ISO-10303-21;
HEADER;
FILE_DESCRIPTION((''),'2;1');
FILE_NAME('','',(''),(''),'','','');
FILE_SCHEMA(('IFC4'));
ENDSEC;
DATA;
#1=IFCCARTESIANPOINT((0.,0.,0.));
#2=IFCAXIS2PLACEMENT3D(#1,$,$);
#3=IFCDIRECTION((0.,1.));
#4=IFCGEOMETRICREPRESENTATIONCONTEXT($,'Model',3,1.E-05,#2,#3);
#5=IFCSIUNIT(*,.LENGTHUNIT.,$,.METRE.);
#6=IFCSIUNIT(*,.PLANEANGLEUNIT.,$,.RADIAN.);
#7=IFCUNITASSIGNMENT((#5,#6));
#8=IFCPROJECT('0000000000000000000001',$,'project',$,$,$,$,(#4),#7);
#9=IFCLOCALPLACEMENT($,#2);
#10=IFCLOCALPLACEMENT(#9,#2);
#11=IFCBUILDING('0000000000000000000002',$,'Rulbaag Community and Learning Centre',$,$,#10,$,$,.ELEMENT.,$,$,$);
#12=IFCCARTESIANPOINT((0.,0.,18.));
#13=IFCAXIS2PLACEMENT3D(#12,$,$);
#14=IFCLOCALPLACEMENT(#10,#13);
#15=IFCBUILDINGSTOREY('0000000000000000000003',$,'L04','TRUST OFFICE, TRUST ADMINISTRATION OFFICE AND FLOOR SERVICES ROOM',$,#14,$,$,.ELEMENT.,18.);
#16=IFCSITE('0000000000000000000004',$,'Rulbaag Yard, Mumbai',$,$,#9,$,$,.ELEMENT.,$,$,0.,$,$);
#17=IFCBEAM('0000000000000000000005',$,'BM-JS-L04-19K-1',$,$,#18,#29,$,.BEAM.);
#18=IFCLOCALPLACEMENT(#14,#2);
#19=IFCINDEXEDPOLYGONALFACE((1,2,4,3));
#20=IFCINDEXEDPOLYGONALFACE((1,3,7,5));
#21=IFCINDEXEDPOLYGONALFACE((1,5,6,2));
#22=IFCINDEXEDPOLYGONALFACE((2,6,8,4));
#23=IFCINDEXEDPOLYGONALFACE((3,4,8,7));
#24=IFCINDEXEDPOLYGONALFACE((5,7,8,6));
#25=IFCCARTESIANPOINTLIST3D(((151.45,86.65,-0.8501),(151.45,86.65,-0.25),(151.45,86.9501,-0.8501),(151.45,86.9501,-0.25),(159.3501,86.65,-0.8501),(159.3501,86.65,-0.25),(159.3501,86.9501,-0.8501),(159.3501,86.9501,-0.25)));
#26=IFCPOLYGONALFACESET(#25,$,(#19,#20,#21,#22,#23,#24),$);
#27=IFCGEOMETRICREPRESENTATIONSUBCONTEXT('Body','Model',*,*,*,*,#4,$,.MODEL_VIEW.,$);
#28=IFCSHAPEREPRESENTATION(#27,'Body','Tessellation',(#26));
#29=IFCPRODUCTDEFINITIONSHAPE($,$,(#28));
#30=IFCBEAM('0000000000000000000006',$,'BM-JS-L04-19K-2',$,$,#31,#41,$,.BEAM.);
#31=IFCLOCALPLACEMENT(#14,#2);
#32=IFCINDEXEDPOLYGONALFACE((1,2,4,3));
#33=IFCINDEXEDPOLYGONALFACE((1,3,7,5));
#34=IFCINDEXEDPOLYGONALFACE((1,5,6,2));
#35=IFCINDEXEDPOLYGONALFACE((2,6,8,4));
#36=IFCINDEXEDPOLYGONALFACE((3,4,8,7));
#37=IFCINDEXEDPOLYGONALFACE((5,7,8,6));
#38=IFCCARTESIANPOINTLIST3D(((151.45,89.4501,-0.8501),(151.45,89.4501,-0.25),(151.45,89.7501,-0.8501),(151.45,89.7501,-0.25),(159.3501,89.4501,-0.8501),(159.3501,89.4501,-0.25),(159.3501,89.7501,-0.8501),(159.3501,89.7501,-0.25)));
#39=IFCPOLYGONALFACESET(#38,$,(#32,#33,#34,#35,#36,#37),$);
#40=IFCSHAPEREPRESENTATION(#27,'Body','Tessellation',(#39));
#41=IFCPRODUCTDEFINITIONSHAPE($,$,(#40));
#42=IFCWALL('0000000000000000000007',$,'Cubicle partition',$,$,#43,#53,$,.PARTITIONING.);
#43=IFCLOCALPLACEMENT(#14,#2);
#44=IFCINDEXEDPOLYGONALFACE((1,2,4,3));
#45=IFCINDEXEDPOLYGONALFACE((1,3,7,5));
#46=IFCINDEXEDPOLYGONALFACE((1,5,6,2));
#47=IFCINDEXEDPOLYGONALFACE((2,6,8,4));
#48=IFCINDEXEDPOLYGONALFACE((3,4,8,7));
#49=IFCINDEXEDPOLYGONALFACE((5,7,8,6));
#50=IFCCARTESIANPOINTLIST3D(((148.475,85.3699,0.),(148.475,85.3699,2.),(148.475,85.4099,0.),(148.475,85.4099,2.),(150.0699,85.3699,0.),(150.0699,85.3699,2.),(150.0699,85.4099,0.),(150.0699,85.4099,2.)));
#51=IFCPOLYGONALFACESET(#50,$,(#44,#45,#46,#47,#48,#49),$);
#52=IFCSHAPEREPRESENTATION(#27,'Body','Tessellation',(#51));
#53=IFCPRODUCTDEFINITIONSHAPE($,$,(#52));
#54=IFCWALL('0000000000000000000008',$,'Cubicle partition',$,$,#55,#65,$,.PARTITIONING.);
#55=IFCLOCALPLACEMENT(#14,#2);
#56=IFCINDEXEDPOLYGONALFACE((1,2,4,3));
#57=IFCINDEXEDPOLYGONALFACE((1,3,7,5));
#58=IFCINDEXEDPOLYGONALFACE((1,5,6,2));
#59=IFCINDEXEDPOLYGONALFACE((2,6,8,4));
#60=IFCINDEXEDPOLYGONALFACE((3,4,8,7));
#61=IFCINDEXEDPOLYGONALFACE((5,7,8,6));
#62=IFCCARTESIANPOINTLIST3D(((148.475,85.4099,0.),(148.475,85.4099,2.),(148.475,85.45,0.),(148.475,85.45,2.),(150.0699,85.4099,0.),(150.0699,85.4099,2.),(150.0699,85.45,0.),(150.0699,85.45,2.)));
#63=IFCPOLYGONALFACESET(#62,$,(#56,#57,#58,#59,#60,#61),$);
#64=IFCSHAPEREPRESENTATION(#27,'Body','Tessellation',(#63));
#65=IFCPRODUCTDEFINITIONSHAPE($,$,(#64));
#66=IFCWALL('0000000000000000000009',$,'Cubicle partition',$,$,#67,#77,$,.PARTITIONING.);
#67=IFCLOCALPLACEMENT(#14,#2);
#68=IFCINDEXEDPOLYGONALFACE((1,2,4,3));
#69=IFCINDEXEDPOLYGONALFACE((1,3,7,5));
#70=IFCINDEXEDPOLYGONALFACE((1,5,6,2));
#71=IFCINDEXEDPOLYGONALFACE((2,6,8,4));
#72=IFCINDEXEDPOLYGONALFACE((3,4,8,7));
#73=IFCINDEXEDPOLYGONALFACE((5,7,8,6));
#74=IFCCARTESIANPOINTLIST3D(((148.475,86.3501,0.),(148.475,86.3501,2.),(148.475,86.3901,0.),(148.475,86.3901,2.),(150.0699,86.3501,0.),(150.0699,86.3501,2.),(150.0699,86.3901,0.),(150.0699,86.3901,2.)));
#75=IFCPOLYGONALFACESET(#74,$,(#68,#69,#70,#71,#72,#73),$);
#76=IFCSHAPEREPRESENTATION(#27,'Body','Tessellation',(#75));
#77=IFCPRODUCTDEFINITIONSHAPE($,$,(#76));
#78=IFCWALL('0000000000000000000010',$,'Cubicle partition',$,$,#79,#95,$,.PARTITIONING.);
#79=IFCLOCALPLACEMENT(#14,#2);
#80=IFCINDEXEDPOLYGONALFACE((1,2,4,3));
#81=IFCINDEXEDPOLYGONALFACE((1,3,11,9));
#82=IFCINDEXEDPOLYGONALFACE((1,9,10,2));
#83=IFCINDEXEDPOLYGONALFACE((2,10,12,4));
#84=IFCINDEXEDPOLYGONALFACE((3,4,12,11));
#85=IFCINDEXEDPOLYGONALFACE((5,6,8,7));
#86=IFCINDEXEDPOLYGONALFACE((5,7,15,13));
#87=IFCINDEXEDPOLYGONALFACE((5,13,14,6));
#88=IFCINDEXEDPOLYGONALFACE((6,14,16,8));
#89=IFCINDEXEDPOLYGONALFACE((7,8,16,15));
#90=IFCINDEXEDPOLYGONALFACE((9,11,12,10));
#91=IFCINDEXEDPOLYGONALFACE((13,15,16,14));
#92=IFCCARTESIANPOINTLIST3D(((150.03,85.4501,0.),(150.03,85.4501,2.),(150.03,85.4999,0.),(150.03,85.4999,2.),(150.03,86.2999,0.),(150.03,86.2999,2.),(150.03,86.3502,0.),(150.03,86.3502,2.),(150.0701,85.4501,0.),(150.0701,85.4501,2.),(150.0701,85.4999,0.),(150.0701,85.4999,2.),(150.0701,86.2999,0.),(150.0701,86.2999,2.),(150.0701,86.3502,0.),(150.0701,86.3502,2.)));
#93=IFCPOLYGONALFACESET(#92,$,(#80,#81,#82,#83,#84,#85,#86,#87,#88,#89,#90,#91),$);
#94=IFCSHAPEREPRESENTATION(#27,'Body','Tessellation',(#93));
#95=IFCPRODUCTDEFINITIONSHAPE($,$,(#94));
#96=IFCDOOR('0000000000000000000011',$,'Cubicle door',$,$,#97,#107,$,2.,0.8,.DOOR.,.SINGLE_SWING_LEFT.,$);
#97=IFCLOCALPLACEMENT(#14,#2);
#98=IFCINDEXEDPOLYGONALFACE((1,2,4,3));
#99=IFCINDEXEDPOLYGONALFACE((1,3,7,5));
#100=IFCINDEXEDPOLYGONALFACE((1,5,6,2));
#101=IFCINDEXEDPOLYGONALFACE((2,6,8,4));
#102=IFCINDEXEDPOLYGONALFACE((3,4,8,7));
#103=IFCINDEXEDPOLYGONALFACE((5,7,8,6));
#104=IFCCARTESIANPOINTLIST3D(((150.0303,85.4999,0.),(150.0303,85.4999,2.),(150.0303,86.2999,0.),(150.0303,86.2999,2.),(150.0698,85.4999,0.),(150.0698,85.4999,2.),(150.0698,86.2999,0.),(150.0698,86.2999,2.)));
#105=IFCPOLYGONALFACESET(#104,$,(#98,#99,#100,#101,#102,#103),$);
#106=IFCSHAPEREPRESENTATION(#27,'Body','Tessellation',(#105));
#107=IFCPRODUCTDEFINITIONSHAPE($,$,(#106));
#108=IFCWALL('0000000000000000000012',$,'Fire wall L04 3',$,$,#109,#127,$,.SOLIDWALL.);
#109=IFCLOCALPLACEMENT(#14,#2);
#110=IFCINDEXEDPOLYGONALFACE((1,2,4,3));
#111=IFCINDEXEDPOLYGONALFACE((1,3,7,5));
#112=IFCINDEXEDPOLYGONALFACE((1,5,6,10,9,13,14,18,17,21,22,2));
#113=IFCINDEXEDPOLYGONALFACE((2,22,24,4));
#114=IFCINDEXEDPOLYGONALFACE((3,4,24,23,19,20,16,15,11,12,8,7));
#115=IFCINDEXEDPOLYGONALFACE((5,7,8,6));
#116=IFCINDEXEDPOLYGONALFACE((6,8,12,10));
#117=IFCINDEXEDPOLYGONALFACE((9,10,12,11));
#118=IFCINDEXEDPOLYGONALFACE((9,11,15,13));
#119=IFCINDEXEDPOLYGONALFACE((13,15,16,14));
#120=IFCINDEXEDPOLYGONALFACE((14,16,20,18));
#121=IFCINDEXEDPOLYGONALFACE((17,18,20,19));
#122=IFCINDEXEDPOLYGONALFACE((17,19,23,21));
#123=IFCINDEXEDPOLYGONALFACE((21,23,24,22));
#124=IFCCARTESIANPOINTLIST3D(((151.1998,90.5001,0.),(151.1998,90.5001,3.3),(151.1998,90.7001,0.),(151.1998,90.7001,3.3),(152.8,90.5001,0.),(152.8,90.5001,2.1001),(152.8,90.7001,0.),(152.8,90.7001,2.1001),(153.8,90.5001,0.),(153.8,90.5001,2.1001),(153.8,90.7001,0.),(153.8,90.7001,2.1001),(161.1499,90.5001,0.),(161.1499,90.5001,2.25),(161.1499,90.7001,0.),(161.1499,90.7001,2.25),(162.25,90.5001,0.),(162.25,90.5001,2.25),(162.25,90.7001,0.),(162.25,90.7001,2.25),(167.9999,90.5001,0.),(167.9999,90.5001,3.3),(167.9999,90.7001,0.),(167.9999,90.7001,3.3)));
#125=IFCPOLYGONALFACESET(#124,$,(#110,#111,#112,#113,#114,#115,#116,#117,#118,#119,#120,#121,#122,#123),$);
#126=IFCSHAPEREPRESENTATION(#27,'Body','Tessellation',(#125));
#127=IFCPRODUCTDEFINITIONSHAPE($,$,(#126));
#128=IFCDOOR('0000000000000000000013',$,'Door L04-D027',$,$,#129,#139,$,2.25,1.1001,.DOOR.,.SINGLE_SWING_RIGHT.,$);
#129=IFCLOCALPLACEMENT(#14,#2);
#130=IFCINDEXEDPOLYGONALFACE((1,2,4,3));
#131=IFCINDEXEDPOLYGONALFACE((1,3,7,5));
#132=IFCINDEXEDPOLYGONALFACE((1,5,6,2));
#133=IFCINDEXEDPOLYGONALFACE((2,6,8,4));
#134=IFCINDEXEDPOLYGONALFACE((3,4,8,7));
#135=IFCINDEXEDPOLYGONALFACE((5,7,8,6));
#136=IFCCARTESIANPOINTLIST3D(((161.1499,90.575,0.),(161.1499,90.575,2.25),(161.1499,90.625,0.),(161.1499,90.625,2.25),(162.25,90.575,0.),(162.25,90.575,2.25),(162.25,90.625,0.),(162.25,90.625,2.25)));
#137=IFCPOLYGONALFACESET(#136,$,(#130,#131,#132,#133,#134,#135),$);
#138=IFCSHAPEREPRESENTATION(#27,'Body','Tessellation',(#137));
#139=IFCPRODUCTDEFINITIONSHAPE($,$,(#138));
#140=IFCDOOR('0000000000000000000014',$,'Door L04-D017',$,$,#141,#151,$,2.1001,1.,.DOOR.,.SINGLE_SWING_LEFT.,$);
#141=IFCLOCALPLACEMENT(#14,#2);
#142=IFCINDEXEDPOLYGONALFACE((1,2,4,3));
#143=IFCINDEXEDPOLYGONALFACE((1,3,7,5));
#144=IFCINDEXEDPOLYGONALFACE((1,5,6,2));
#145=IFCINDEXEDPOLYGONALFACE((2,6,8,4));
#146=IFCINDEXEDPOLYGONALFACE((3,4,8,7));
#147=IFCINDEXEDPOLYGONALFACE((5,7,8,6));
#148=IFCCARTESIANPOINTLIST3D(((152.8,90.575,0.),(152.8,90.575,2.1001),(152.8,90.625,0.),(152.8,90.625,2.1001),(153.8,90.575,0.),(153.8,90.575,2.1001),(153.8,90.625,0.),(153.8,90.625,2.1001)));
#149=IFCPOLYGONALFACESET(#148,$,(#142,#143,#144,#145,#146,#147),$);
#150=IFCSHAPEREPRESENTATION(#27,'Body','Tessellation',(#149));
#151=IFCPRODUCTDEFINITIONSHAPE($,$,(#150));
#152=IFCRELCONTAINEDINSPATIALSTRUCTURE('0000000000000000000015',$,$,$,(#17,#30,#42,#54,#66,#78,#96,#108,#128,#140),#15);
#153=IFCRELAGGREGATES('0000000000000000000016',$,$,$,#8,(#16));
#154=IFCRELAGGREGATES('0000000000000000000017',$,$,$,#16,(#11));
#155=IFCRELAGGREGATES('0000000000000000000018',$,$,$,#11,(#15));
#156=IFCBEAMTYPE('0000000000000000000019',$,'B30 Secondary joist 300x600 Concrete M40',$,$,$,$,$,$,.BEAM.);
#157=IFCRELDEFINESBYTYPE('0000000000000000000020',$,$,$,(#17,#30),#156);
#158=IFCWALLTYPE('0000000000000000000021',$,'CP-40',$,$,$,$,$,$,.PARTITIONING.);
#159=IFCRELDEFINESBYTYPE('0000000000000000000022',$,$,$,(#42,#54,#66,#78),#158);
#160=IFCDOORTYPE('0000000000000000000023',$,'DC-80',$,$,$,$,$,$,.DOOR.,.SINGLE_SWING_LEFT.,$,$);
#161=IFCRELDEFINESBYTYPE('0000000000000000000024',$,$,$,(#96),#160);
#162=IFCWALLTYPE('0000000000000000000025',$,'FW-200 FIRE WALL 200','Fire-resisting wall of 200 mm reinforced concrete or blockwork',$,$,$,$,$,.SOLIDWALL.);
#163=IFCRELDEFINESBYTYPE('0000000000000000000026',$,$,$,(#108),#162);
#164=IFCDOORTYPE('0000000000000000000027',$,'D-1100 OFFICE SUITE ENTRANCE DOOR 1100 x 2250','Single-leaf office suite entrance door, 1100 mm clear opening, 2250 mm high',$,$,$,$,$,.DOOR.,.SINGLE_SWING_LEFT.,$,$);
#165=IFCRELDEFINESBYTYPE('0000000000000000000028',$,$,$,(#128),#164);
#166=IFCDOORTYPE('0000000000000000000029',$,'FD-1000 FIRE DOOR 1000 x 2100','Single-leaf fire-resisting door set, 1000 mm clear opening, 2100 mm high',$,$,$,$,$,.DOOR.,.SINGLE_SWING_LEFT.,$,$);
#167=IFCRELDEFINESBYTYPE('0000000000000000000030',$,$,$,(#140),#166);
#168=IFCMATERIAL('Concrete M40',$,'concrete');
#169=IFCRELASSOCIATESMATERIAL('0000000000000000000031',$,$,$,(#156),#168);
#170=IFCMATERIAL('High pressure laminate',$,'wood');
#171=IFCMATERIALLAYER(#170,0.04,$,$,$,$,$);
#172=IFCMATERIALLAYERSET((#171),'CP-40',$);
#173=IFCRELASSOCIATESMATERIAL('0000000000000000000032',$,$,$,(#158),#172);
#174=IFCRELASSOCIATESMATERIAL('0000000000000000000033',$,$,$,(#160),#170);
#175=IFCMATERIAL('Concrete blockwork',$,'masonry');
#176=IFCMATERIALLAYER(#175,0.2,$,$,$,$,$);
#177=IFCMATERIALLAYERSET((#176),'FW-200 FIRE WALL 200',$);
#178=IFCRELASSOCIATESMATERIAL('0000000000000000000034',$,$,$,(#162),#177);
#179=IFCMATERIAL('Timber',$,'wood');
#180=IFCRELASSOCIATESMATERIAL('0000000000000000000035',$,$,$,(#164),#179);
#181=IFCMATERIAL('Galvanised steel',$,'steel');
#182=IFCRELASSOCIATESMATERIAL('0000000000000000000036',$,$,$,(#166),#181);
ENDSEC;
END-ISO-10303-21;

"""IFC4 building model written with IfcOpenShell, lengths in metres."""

from ifc_helpers import new_model, si_unit, direction, frame, frame_2d, origin, origin_2d, place, context, subcontext, project, spatial, rectangle, extrude, material, layer, layer_set, material_profile, profile_set, type_object, element, fill, save


model = new_model("IFC4")

# Units and contexts
model_context = context("Model", 3, precision=1e-05, world=origin(), true_north=direction((0.0, 1.0)))
body_context = subcontext(model_context, "Body", "Model", "MODEL_VIEW")
ifc_project = project(units=[si_unit("LENGTHUNIT", "METRE"), si_unit("PLANEANGLEUNIT", "RADIAN")], contexts=[model_context])

# Site, building, storey
site_placement = place(None, origin())
site = spatial("IfcSite", under=ifc_project, at=site_placement, Name="Rulbaag Yard, Mumbai", CompositionType="ELEMENT", RefElevation=0.0)
building_placement = place(site_placement, origin())
building = spatial("IfcBuilding", under=site, at=building_placement, Name="Rulbaag Community and Learning Centre", CompositionType="ELEMENT")
storey_placement = place(building_placement, frame((0.0, 0.0, 18.0)))
storey = spatial("IfcBuildingStorey", under=building, at=storey_placement, Name="L04", Description="TRUST OFFICE, TRUST ADMINISTRATION OFFICE AND FLOOR SERVICES ROOM", CompositionType="ELEMENT", Elevation=18.0)

# Beams
ifc_material_1 = material(Name="Concrete M40", Category="concrete")
ifc_material_profile = material_profile(ifc_material_1, rectangle(XDim=0.3, YDim=0.6001, at=origin_2d()), Name="RB300x600")
ifc_profile_set = profile_set([ifc_material_profile], Name="Concrete M40")
beam_type = type_object("IfcBeamType", Name="B30 Secondary joist 300x600 Concrete M40", PredefinedType="BEAM", material=ifc_profile_set)
for number, where, z_axis, x_axis, name in (
    (1, (151.45, 86.8, -0.55), (1.0, 0.0, 0.0), (0.0, 1.0, 0.0), "BM-JS-L04-19K-1"),
    (2, (151.45, 89.6001, -0.55), (1.0, 0.0, 0.0), (0.0, 1.0, 0.0), "BM-JS-L04-19K-2"),
):
    element("IfcBeam", number, at=place(storey_placement, frame(where, z_axis=z_axis, x_axis=x_axis)), inside=storey, type_object=beam_type, Name=name, PredefinedType="BEAM", context=body_context, shape_type="SweptSolid", body=[
        extrude(rectangle(XDim=0.3, YDim=0.6001, at=origin_2d()), origin(), (0.0, 0.0, 1.0), 7.9001),
    ])

# Walls
ifc_material_2 = material(Name="High pressure laminate", Category="wood")
ifc_layer_1 = layer(ifc_material_2, 0.04)
ifc_layer_set_1 = layer_set([ifc_layer_1], Name="CP-40")
wall_type_1 = type_object("IfcWallType", Name="CP-40", PredefinedType="PARTITIONING", material=ifc_layer_set_1)
for number, where, z_axis, x_axis, name in (
    (3, (148.4751, 85.3899, 0.0), (0.0, 0.0, 1.0), (1.0, 0.0, 0.0), "Cubicle partition"),
    (4, (148.4751, 85.4299, 0.0), (0.0, 0.0, 1.0), (1.0, 0.0, 0.0), "Cubicle partition"),
    (5, (148.4751, 86.3701, 0.0), (0.0, 0.0, 1.0), (1.0, 0.0, 0.0), "Cubicle partition"),
):
    element("IfcWall", number, at=place(storey_placement, frame(where, z_axis=z_axis, x_axis=x_axis)), inside=storey, type_object=wall_type_1, Name=name, PredefinedType="PARTITIONING", context=body_context, shape_type="SweptSolid", body=[
        extrude(rectangle(XDim=1.595, YDim=0.04, at=frame_2d((0.7974, 0.0))), origin(), (0.0, 0.0, 1.0), 2.0),
    ])

# Wall, opening, door
wall_1_placement = place(storey_placement, frame((150.05, 85.45, 0.0), z_axis=(0.0, 0.0, 1.0), x_axis=(0.0, 1.0, 0.0)))
wall_1 = element("IfcWall", 6, at=wall_1_placement, inside=storey, type_object=wall_type_1, Name="Cubicle partition", PredefinedType="PARTITIONING", context=body_context, shape_type="SweptSolid", body=[
    extrude(rectangle(XDim=0.9001, YDim=0.04, at=frame_2d((0.4502, 0.0))), origin(), (0.0, 0.0, 1.0), 2.0),
])
opening_1_placement = place(wall_1_placement, frame((0.05, 0.0, 0.0)))
opening_1 = element("IfcOpeningElement", 7, at=opening_1_placement, cuts=wall_1, PredefinedType="OPENING", context=body_context, shape_type="SweptSolid", body=[
    extrude(rectangle(XDim=0.8, YDim=2.0, at=frame_2d((0.3999, 1.0))), frame((0.0, 0.03, 0.0), z_axis=(0.0, -1.0, 0.0), x_axis=(1.0, 0.0, 0.0)), (0.0, 0.0, 1.0), 0.0601),
])
door_type_1 = type_object("IfcDoorType", Name="DC-80", OperationType="SINGLE_SWING_LEFT", PredefinedType="DOOR", material=ifc_material_2)
door_1_placement = place(opening_1_placement, origin())
door_1 = element("IfcDoor", 8, at=door_1_placement, inside=storey, type_object=door_type_1, Name="Cubicle door", OperationType="SINGLE_SWING_LEFT", OverallHeight=2.0, OverallWidth=0.8, PredefinedType="DOOR", context=body_context, shape_type="SweptSolid", body=[
    extrude(rectangle(XDim=0.8, YDim=2.0, at=frame_2d((0.3999, 1.0))), frame((0.0, 0.0198, 0.0), z_axis=(0.0, -1.0, 0.0), x_axis=(1.0, 0.0, 0.0)), (0.0, 0.0, 1.0), 0.0396),
])
fill(opening_1, door_1)

# Wall, openings, doors
ifc_material_3 = material(Name="Concrete blockwork", Category="masonry")
ifc_layer_2 = layer(ifc_material_3, 0.2)
ifc_layer_set_2 = layer_set([ifc_layer_2], Name="FW-200 FIRE WALL 200")
wall_type_2 = type_object("IfcWallType", Name="FW-200 FIRE WALL 200", Description="Fire-resisting wall of 200 mm reinforced concrete or blockwork", PredefinedType="SOLIDWALL", material=ifc_layer_set_2)
wall_2_placement = place(storey_placement, frame((151.2, 90.6001, 0.0), z_axis=(0.0, 0.0, 1.0), x_axis=(1.0, 0.0, 0.0)))
wall_2 = element("IfcWall", 9, at=wall_2_placement, inside=storey, type_object=wall_type_2, Name="Fire wall L04 3", PredefinedType="SOLIDWALL", context=body_context, shape_type="SweptSolid", body=[
    extrude(rectangle(XDim=16.8, YDim=0.2, at=frame_2d((8.3999, 0.0))), origin(), (0.0, 0.0, 1.0), 3.3),
])
opening_2_placement = place(wall_2_placement, frame((1.6001, 0.0, 0.0)))
opening_2 = element("IfcOpeningElement", 10, at=opening_2_placement, cuts=wall_2, PredefinedType="OPENING", context=body_context, shape_type="SweptSolid", body=[
    extrude(rectangle(XDim=1.0, YDim=2.1001, at=frame_2d((0.5, 1.05))), frame((0.0, 0.1099, 0.0), z_axis=(0.0, -1.0, 0.0), x_axis=(1.0, 0.0, 0.0)), (0.0, 0.0, 1.0), 0.22),
])
opening_3_placement = place(wall_2_placement, frame((9.95, 0.0, 0.0)))
opening_3 = element("IfcOpeningElement", 11, at=opening_3_placement, cuts=wall_2, PredefinedType="OPENING", context=body_context, shape_type="SweptSolid", body=[
    extrude(rectangle(XDim=1.1001, YDim=2.25, at=frame_2d((0.55, 1.125))), frame((0.0, 0.1099, 0.0), z_axis=(0.0, -1.0, 0.0), x_axis=(1.0, 0.0, 0.0)), (0.0, 0.0, 1.0), 0.22),
])
ifc_material_4 = material(Name="Timber", Category="wood")
door_type_2 = type_object("IfcDoorType", Name="D-1100 OFFICE SUITE ENTRANCE DOOR 1100 x 2250", Description="Single-leaf office suite entrance door, 1100 mm clear opening, 2250 mm high", OperationType="SINGLE_SWING_LEFT", PredefinedType="DOOR", material=ifc_material_4)
door_2_placement = place(opening_3_placement, origin())
door_2 = element("IfcDoor", 12, at=door_2_placement, inside=storey, type_object=door_type_2, Name="Door L04-D027", OperationType="SINGLE_SWING_RIGHT", OverallHeight=2.25, OverallWidth=1.1001, PredefinedType="DOOR", context=body_context, shape_type="SweptSolid", body=[
    extrude(rectangle(XDim=1.1001, YDim=2.25, at=frame_2d((0.55, 1.125))), frame((0.0, 0.0249, 0.0), z_axis=(0.0, -1.0, 0.0), x_axis=(1.0, 0.0, 0.0)), (0.0, 0.0, 1.0), 0.05),
])
fill(opening_3, door_2)
ifc_material_5 = material(Name="Galvanised steel", Category="steel")
door_type_3 = type_object("IfcDoorType", Name="FD-1000 FIRE DOOR 1000 x 2100", Description="Single-leaf fire-resisting door set, 1000 mm clear opening, 2100 mm high", OperationType="SINGLE_SWING_LEFT", PredefinedType="DOOR", material=ifc_material_5)
door_3_placement = place(opening_2_placement, origin())
door_3 = element("IfcDoor", 13, at=door_3_placement, inside=storey, type_object=door_type_3, Name="Door L04-D017", OperationType="SINGLE_SWING_LEFT", OverallHeight=2.1001, OverallWidth=1.0, PredefinedType="DOOR", context=body_context, shape_type="SweptSolid", body=[
    extrude(rectangle(XDim=1.0, YDim=2.1001, at=frame_2d((0.5, 1.05))), frame((0.0, 0.0249, 0.0), z_axis=(0.0, -1.0, 0.0), x_axis=(1.0, 0.0, 0.0)), (0.0, 0.0, 1.0), 0.05),
])
fill(opening_2, door_3)

save(model, "model.ifc")
